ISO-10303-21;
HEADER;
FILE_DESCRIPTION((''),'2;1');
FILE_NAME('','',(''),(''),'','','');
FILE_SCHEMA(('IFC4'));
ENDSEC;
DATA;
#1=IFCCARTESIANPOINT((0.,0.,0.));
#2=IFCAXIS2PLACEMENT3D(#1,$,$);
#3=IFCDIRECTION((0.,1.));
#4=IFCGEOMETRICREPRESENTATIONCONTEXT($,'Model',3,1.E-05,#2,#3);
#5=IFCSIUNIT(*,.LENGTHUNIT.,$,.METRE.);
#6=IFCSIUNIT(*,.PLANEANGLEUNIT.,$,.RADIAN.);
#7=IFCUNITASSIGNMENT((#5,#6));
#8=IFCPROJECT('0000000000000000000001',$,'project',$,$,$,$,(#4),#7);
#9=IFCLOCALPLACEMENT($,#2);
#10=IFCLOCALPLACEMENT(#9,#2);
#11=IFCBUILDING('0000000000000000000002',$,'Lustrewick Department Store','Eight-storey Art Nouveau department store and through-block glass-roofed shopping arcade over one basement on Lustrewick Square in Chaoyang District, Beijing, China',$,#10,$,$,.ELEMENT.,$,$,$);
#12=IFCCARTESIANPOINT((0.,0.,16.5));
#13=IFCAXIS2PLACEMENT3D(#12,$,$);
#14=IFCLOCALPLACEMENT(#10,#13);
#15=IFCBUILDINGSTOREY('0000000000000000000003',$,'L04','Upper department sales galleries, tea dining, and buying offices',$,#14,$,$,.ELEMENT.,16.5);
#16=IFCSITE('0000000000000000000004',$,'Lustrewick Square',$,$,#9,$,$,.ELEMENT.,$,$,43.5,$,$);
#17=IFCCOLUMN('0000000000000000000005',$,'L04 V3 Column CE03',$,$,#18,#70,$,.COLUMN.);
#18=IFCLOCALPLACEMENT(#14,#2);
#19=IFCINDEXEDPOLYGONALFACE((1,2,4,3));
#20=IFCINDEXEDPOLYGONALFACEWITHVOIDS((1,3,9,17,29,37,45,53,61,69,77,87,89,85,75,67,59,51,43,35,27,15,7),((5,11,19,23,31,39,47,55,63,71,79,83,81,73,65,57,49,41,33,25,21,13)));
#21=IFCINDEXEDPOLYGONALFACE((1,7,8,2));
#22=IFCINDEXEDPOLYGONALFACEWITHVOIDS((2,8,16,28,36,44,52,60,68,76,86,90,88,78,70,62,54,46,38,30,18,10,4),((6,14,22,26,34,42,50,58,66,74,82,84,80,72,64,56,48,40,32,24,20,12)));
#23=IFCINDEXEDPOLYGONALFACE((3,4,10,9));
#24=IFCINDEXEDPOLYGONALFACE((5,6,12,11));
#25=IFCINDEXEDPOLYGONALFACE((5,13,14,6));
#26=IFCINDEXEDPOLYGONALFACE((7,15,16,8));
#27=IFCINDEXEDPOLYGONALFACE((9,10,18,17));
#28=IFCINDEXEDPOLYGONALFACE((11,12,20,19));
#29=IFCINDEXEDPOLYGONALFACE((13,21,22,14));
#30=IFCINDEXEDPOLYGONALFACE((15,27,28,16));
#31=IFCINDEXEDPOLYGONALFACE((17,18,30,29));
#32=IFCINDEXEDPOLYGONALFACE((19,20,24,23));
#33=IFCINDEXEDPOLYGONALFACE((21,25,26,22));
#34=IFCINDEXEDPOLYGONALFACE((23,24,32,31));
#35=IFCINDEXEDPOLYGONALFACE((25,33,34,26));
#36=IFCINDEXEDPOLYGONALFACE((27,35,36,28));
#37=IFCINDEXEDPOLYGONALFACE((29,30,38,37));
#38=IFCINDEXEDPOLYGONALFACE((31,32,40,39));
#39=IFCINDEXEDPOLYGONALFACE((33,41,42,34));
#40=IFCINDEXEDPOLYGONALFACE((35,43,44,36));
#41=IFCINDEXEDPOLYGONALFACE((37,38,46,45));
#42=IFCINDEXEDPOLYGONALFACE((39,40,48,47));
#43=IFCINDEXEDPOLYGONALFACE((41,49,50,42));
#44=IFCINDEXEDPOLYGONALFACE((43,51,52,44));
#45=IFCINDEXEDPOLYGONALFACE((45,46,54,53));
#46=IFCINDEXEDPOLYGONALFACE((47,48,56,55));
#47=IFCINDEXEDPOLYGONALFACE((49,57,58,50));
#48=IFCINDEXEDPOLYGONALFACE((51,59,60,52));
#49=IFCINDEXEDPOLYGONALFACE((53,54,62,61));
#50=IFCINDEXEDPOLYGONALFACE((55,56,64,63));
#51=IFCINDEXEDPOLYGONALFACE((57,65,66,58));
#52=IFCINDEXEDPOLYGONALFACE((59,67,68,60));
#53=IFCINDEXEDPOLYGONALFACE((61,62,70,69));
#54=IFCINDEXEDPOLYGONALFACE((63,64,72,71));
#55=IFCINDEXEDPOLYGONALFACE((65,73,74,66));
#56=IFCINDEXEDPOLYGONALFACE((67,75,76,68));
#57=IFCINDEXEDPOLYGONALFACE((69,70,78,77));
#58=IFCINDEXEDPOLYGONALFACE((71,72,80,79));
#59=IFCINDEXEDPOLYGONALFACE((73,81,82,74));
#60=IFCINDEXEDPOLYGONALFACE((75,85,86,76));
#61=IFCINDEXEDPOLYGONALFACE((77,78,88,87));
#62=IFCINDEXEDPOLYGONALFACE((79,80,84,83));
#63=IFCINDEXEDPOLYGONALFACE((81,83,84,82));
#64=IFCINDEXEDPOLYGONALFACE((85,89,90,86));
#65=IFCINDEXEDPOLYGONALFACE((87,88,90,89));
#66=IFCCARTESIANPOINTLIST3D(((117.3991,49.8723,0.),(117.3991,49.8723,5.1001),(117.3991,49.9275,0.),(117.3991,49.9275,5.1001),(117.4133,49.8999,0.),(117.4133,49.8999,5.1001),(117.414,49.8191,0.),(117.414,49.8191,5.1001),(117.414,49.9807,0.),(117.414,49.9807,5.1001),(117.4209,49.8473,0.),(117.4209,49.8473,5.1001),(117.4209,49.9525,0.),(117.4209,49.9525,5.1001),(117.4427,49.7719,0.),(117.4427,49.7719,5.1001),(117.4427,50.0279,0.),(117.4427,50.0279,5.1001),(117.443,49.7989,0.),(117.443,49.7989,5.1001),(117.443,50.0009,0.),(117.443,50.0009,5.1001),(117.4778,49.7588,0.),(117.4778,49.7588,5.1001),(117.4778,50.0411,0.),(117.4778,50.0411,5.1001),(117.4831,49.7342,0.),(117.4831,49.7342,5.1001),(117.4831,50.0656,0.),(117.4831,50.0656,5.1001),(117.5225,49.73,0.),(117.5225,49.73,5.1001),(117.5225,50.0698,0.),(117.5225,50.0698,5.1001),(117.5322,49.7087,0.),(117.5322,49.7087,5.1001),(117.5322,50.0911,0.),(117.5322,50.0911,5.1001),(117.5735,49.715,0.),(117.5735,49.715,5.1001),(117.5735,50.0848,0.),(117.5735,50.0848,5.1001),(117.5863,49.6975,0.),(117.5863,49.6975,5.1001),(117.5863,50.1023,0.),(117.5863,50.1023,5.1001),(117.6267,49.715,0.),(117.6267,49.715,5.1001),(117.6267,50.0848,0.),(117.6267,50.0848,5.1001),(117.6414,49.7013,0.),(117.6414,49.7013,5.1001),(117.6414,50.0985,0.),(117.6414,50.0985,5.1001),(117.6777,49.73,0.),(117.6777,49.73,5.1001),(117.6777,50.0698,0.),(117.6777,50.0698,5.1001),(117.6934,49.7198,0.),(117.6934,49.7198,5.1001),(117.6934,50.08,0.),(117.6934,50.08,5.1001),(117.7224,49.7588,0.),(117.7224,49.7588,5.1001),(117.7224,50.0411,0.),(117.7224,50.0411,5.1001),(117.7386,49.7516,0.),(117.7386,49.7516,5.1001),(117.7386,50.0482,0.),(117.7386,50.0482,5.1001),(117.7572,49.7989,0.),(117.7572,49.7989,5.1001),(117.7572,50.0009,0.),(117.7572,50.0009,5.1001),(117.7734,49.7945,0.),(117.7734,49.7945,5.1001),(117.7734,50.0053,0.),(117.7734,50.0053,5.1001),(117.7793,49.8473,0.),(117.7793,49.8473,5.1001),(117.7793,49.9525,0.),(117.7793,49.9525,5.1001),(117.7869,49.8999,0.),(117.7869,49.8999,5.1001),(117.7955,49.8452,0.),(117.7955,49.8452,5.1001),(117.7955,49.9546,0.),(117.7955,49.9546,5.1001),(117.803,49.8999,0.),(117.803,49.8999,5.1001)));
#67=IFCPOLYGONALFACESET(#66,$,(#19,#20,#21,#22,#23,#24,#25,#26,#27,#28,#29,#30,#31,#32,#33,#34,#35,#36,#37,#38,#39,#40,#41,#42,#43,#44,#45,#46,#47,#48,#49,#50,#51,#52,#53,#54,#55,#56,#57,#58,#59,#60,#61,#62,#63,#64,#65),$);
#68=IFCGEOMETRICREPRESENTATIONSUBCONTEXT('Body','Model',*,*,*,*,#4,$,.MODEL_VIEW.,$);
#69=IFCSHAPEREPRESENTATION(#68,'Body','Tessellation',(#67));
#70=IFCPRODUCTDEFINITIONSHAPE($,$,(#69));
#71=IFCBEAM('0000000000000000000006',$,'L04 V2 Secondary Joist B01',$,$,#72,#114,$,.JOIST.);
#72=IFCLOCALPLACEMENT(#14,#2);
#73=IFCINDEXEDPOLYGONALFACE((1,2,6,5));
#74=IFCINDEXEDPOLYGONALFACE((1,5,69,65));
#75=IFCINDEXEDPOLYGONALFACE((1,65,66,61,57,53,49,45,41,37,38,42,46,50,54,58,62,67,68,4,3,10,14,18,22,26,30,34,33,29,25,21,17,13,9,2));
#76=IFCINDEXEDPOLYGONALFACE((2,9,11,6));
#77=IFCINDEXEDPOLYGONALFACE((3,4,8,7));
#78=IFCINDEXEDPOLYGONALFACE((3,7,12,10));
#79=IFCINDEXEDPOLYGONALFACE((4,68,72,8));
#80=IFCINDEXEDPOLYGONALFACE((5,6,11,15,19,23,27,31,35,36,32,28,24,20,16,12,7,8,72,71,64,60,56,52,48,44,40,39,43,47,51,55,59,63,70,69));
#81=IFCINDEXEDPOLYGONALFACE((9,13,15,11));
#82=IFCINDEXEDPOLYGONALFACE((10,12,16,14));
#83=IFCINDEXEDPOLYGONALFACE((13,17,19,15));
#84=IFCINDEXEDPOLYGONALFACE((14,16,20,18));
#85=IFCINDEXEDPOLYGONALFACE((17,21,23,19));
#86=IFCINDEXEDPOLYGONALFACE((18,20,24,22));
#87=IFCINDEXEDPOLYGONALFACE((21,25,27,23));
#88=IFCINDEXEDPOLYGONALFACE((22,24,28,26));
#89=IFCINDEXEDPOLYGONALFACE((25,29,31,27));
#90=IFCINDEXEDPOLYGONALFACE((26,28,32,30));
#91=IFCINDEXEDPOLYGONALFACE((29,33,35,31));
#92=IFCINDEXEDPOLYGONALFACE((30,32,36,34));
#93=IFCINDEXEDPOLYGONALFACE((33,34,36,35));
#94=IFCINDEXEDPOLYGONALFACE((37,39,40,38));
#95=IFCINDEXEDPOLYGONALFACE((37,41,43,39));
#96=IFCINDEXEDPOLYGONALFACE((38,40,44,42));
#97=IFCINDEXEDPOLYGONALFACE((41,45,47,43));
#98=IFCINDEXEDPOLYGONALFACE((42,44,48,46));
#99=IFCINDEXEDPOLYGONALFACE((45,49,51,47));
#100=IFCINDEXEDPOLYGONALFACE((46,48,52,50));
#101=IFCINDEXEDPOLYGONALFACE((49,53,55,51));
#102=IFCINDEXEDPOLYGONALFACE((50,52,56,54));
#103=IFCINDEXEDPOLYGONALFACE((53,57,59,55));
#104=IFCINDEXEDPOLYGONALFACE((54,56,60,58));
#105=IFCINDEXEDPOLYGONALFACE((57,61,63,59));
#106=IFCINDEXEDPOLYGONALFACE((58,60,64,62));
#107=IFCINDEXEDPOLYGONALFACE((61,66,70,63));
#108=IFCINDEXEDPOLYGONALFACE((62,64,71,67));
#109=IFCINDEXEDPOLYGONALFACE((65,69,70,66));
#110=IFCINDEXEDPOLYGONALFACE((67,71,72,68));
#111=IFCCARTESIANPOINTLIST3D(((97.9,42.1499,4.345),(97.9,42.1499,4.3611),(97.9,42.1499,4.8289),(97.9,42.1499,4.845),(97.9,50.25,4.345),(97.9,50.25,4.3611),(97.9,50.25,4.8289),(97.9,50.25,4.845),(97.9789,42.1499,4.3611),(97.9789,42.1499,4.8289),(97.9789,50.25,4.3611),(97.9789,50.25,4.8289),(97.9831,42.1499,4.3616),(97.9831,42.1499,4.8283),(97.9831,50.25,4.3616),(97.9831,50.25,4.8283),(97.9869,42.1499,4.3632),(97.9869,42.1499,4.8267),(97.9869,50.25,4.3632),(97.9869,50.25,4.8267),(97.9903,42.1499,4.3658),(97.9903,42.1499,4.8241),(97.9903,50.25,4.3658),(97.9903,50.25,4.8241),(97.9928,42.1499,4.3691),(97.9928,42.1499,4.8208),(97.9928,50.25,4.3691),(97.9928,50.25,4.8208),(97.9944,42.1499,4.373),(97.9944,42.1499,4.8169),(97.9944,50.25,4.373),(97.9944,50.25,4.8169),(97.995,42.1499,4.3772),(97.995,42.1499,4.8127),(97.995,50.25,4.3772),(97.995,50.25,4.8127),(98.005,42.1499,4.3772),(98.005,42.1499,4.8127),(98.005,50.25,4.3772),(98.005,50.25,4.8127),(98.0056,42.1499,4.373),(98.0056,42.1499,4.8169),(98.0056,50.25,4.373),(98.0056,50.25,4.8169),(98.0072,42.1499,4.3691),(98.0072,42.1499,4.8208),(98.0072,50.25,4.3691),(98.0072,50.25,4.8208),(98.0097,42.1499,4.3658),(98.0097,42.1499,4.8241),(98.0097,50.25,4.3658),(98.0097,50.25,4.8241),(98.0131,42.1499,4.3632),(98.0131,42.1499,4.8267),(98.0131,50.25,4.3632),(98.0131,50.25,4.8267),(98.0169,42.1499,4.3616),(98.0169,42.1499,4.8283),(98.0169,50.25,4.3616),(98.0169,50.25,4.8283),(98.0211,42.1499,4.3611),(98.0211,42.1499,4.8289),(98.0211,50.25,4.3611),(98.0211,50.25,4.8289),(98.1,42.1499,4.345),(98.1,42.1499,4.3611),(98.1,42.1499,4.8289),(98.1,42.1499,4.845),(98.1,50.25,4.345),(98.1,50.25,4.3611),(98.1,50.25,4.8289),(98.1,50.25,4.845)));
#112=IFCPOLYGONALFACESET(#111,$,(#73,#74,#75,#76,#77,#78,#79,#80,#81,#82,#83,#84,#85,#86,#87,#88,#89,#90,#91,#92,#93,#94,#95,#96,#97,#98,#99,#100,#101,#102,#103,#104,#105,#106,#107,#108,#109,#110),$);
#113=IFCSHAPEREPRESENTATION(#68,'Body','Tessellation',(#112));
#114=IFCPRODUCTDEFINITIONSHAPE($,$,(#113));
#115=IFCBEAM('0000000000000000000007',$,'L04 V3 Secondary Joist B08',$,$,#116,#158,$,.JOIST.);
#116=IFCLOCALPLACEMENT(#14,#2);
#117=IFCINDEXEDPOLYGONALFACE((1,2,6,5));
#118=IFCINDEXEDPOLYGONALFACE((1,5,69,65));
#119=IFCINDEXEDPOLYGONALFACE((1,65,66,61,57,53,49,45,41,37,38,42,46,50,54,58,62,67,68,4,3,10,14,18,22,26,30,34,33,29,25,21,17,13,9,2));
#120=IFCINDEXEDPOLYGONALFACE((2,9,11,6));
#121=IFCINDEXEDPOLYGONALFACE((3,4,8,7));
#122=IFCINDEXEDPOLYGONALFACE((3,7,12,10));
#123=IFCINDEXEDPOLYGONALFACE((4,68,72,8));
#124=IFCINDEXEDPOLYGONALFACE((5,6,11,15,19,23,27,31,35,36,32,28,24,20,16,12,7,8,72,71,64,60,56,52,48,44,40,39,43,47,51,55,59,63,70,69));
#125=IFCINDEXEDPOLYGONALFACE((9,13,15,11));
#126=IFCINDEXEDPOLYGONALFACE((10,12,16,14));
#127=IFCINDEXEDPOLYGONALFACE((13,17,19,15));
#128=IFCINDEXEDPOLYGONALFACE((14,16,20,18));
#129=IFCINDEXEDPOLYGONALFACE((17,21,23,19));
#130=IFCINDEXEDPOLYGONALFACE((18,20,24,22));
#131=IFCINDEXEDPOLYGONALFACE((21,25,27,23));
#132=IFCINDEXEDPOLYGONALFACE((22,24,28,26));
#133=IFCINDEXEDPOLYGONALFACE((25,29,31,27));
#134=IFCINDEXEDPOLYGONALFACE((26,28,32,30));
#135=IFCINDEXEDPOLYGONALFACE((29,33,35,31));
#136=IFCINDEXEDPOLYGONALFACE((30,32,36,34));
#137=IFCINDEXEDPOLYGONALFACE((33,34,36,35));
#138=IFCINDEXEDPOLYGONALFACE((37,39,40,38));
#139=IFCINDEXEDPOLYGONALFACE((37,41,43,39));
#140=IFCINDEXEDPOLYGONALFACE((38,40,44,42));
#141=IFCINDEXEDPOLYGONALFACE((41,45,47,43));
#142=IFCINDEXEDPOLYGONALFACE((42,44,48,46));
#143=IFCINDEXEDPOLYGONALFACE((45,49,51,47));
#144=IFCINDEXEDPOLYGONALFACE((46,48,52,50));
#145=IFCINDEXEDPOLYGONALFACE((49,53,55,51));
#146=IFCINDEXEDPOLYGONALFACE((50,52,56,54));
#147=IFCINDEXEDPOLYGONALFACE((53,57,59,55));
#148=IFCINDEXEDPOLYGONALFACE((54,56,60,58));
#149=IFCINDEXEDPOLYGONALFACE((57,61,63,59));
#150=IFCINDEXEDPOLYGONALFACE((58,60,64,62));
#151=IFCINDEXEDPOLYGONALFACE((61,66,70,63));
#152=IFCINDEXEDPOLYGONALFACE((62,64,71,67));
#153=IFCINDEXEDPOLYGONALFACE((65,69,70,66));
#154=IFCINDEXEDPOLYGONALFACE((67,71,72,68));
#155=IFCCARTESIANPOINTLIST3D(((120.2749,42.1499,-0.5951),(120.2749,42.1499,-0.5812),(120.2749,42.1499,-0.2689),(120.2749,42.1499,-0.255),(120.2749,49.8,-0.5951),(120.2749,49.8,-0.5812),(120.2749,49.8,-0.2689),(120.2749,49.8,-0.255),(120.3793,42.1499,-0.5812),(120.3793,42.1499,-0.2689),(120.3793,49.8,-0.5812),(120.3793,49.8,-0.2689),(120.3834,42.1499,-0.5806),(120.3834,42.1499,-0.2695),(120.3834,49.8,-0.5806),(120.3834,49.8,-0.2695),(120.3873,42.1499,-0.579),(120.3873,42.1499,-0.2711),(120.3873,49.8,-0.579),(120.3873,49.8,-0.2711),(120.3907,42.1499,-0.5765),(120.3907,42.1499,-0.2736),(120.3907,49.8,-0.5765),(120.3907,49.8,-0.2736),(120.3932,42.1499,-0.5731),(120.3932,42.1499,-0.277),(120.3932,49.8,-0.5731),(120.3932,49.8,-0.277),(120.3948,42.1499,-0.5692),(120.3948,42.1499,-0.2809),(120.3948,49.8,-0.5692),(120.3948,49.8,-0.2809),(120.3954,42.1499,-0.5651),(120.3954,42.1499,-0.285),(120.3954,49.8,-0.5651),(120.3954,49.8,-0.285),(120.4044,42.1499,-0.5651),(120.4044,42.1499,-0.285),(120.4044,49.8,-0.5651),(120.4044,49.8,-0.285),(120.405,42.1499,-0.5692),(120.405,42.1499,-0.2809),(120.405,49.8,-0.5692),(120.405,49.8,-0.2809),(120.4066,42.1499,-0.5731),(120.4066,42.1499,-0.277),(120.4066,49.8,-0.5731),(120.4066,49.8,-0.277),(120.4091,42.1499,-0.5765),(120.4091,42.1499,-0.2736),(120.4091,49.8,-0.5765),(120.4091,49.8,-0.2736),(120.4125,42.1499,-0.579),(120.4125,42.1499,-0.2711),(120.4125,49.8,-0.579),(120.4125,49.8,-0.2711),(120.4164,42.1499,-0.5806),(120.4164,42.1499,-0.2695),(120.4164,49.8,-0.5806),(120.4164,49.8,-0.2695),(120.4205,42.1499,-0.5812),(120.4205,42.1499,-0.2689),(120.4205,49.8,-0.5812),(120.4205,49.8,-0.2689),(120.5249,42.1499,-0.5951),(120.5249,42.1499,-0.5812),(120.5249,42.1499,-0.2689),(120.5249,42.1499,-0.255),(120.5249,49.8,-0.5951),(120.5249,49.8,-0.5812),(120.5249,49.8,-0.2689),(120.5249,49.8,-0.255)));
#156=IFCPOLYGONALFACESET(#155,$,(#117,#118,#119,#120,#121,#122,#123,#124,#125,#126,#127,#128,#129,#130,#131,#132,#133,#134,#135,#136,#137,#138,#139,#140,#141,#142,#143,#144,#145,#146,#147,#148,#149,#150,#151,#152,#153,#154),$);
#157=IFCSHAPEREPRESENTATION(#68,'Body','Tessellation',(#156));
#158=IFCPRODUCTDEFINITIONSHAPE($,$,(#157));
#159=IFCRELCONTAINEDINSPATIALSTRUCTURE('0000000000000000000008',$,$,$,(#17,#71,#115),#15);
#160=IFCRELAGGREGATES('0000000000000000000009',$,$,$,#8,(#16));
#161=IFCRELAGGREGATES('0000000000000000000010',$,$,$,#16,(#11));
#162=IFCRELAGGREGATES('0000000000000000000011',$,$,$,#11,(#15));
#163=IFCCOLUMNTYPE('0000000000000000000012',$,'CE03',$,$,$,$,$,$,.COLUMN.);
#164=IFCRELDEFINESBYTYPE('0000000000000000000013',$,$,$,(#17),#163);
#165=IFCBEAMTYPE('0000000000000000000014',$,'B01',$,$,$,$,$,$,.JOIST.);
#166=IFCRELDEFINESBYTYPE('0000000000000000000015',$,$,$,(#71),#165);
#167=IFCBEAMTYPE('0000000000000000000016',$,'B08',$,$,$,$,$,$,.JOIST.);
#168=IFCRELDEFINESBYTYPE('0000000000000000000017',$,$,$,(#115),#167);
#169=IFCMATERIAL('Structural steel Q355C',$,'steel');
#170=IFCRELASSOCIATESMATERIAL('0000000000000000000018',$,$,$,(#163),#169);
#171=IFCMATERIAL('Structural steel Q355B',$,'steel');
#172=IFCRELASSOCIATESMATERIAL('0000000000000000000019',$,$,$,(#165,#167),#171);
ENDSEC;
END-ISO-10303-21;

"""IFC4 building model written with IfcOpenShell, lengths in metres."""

from ifc_helpers import new_model, si_unit, direction, frame, origin, origin_2d, place, context, subcontext, project, spatial, hollow_circle, i_section, extrude, material, material_profile, profile_set, type_object, element, save


model = new_model("IFC4")

# Units and contexts
model_context = context("Model", 3, precision=1e-05, world=origin(), true_north=direction((0.0, 1.0)))
body_context = subcontext(model_context, "Body", "Model", "MODEL_VIEW")
ifc_project = project(units=[si_unit("LENGTHUNIT", "METRE"), si_unit("PLANEANGLEUNIT", "RADIAN")], contexts=[model_context])

# Site, building, storey
site_placement = place(None, origin())
site = spatial("IfcSite", under=ifc_project, at=site_placement, Name="Lustrewick Square", CompositionType="ELEMENT", RefElevation=43.5)
building_placement = place(site_placement, origin())
building = spatial("IfcBuilding", under=site, at=building_placement, Name="Lustrewick Department Store", Description="Eight-storey Art Nouveau department store and through-block glass-roofed shopping arcade over one basement on Lustrewick Square in Chaoyang District, Beijing, China", CompositionType="ELEMENT")
storey_placement = place(building_placement, frame((0.0, 0.0, 16.5)))
storey = spatial("IfcBuildingStorey", under=building, at=storey_placement, Name="L04", Description="Upper department sales galleries, tea dining, and buying offices", CompositionType="ELEMENT", Elevation=16.5)

# Column
ifc_material_1 = material(Name="Structural steel Q355C", Category="steel")
ifc_material_profile_1 = material_profile(ifc_material_1, hollow_circle(Radius=0.2029, WallThickness=0.0161, at=origin_2d()), Name="CHS 406x16")
ifc_profile_set_1 = profile_set([ifc_material_profile_1], Name="Structural steel Q355C")
column_type = type_object("IfcColumnType", Name="CE03", PredefinedType="COLUMN", material=ifc_profile_set_1)
for number, where, z_axis, x_axis, name in (
    (1, (117.6001, 49.8999, 0.0), (0.0, 0.0, 1.0), (1.0, 0.0, 0.0), "L04 V3 Column CE03"),
):
    element("IfcColumn", number, at=place(storey_placement, frame(where, z_axis=z_axis, x_axis=x_axis)), inside=storey, type_object=column_type, Name=name, PredefinedType="COLUMN", context=body_context, shape_type="SweptSolid", body=[
        extrude(hollow_circle(Radius=0.2029, WallThickness=0.0161, at=origin_2d()), origin(), (0.0, 0.0, 1.0), 5.1001),
    ])

# Beams
ifc_material_2 = material(Name="Structural steel Q355B", Category="steel")
ifc_material_profile_2 = material_profile(ifc_material_2, i_section(OverallWidth=0.2, OverallDepth=0.5, WebThickness=0.01, FlangeThickness=0.0161, FilletRadius=0.0161, at=origin_2d()), Name="HN 500x200x10x16")
ifc_profile_set_2 = profile_set([ifc_material_profile_2], Name="Structural steel Q355B")
beam_type_1 = type_object("IfcBeamType", Name="B01", PredefinedType="JOIST", material=ifc_profile_set_2)
beam_1_placement = place(storey_placement, frame((98.0, 42.1499, 4.595), z_axis=(0.0, 1.0, 0.0), x_axis=(-1.0, 0.0, 0.0)))
element("IfcBeam", 2, at=beam_1_placement, inside=storey, type_object=beam_type_1, Name="L04 V2 Secondary Joist B01", PredefinedType="JOIST", context=body_context, shape_type="SweptSolid", body=[
    extrude(i_section(OverallWidth=0.2, OverallDepth=0.5, WebThickness=0.01, FlangeThickness=0.0161, FilletRadius=0.0161, at=origin_2d()), origin(), (0.0, 0.0, 1.0), 8.1001),
])
ifc_material_profile_3 = material_profile(ifc_material_2, i_section(OverallWidth=0.25, OverallDepth=0.3401, WebThickness=0.009, FlangeThickness=0.0139, FilletRadius=0.0161, at=origin_2d()), Name="HM 340x250x9x14")
ifc_profile_set_3 = profile_set([ifc_material_profile_3], Name="Structural steel Q355B")
beam_type_2 = type_object("IfcBeamType", Name="B08", PredefinedType="JOIST", material=ifc_profile_set_3)
beam_2_placement = place(storey_placement, frame((120.3999, 42.1499, -0.425), z_axis=(0.0, 1.0, 0.0), x_axis=(-1.0, 0.0, 0.0)))
element("IfcBeam", 3, at=beam_2_placement, inside=storey, type_object=beam_type_2, Name="L04 V3 Secondary Joist B08", PredefinedType="JOIST", context=body_context, shape_type="SweptSolid", body=[
    extrude(i_section(OverallWidth=0.25, OverallDepth=0.3401, WebThickness=0.009, FlangeThickness=0.0139, FilletRadius=0.0161, at=origin_2d()), origin(), (0.0, 0.0, 1.0), 7.6501),
])

save(model, "model.ifc")
